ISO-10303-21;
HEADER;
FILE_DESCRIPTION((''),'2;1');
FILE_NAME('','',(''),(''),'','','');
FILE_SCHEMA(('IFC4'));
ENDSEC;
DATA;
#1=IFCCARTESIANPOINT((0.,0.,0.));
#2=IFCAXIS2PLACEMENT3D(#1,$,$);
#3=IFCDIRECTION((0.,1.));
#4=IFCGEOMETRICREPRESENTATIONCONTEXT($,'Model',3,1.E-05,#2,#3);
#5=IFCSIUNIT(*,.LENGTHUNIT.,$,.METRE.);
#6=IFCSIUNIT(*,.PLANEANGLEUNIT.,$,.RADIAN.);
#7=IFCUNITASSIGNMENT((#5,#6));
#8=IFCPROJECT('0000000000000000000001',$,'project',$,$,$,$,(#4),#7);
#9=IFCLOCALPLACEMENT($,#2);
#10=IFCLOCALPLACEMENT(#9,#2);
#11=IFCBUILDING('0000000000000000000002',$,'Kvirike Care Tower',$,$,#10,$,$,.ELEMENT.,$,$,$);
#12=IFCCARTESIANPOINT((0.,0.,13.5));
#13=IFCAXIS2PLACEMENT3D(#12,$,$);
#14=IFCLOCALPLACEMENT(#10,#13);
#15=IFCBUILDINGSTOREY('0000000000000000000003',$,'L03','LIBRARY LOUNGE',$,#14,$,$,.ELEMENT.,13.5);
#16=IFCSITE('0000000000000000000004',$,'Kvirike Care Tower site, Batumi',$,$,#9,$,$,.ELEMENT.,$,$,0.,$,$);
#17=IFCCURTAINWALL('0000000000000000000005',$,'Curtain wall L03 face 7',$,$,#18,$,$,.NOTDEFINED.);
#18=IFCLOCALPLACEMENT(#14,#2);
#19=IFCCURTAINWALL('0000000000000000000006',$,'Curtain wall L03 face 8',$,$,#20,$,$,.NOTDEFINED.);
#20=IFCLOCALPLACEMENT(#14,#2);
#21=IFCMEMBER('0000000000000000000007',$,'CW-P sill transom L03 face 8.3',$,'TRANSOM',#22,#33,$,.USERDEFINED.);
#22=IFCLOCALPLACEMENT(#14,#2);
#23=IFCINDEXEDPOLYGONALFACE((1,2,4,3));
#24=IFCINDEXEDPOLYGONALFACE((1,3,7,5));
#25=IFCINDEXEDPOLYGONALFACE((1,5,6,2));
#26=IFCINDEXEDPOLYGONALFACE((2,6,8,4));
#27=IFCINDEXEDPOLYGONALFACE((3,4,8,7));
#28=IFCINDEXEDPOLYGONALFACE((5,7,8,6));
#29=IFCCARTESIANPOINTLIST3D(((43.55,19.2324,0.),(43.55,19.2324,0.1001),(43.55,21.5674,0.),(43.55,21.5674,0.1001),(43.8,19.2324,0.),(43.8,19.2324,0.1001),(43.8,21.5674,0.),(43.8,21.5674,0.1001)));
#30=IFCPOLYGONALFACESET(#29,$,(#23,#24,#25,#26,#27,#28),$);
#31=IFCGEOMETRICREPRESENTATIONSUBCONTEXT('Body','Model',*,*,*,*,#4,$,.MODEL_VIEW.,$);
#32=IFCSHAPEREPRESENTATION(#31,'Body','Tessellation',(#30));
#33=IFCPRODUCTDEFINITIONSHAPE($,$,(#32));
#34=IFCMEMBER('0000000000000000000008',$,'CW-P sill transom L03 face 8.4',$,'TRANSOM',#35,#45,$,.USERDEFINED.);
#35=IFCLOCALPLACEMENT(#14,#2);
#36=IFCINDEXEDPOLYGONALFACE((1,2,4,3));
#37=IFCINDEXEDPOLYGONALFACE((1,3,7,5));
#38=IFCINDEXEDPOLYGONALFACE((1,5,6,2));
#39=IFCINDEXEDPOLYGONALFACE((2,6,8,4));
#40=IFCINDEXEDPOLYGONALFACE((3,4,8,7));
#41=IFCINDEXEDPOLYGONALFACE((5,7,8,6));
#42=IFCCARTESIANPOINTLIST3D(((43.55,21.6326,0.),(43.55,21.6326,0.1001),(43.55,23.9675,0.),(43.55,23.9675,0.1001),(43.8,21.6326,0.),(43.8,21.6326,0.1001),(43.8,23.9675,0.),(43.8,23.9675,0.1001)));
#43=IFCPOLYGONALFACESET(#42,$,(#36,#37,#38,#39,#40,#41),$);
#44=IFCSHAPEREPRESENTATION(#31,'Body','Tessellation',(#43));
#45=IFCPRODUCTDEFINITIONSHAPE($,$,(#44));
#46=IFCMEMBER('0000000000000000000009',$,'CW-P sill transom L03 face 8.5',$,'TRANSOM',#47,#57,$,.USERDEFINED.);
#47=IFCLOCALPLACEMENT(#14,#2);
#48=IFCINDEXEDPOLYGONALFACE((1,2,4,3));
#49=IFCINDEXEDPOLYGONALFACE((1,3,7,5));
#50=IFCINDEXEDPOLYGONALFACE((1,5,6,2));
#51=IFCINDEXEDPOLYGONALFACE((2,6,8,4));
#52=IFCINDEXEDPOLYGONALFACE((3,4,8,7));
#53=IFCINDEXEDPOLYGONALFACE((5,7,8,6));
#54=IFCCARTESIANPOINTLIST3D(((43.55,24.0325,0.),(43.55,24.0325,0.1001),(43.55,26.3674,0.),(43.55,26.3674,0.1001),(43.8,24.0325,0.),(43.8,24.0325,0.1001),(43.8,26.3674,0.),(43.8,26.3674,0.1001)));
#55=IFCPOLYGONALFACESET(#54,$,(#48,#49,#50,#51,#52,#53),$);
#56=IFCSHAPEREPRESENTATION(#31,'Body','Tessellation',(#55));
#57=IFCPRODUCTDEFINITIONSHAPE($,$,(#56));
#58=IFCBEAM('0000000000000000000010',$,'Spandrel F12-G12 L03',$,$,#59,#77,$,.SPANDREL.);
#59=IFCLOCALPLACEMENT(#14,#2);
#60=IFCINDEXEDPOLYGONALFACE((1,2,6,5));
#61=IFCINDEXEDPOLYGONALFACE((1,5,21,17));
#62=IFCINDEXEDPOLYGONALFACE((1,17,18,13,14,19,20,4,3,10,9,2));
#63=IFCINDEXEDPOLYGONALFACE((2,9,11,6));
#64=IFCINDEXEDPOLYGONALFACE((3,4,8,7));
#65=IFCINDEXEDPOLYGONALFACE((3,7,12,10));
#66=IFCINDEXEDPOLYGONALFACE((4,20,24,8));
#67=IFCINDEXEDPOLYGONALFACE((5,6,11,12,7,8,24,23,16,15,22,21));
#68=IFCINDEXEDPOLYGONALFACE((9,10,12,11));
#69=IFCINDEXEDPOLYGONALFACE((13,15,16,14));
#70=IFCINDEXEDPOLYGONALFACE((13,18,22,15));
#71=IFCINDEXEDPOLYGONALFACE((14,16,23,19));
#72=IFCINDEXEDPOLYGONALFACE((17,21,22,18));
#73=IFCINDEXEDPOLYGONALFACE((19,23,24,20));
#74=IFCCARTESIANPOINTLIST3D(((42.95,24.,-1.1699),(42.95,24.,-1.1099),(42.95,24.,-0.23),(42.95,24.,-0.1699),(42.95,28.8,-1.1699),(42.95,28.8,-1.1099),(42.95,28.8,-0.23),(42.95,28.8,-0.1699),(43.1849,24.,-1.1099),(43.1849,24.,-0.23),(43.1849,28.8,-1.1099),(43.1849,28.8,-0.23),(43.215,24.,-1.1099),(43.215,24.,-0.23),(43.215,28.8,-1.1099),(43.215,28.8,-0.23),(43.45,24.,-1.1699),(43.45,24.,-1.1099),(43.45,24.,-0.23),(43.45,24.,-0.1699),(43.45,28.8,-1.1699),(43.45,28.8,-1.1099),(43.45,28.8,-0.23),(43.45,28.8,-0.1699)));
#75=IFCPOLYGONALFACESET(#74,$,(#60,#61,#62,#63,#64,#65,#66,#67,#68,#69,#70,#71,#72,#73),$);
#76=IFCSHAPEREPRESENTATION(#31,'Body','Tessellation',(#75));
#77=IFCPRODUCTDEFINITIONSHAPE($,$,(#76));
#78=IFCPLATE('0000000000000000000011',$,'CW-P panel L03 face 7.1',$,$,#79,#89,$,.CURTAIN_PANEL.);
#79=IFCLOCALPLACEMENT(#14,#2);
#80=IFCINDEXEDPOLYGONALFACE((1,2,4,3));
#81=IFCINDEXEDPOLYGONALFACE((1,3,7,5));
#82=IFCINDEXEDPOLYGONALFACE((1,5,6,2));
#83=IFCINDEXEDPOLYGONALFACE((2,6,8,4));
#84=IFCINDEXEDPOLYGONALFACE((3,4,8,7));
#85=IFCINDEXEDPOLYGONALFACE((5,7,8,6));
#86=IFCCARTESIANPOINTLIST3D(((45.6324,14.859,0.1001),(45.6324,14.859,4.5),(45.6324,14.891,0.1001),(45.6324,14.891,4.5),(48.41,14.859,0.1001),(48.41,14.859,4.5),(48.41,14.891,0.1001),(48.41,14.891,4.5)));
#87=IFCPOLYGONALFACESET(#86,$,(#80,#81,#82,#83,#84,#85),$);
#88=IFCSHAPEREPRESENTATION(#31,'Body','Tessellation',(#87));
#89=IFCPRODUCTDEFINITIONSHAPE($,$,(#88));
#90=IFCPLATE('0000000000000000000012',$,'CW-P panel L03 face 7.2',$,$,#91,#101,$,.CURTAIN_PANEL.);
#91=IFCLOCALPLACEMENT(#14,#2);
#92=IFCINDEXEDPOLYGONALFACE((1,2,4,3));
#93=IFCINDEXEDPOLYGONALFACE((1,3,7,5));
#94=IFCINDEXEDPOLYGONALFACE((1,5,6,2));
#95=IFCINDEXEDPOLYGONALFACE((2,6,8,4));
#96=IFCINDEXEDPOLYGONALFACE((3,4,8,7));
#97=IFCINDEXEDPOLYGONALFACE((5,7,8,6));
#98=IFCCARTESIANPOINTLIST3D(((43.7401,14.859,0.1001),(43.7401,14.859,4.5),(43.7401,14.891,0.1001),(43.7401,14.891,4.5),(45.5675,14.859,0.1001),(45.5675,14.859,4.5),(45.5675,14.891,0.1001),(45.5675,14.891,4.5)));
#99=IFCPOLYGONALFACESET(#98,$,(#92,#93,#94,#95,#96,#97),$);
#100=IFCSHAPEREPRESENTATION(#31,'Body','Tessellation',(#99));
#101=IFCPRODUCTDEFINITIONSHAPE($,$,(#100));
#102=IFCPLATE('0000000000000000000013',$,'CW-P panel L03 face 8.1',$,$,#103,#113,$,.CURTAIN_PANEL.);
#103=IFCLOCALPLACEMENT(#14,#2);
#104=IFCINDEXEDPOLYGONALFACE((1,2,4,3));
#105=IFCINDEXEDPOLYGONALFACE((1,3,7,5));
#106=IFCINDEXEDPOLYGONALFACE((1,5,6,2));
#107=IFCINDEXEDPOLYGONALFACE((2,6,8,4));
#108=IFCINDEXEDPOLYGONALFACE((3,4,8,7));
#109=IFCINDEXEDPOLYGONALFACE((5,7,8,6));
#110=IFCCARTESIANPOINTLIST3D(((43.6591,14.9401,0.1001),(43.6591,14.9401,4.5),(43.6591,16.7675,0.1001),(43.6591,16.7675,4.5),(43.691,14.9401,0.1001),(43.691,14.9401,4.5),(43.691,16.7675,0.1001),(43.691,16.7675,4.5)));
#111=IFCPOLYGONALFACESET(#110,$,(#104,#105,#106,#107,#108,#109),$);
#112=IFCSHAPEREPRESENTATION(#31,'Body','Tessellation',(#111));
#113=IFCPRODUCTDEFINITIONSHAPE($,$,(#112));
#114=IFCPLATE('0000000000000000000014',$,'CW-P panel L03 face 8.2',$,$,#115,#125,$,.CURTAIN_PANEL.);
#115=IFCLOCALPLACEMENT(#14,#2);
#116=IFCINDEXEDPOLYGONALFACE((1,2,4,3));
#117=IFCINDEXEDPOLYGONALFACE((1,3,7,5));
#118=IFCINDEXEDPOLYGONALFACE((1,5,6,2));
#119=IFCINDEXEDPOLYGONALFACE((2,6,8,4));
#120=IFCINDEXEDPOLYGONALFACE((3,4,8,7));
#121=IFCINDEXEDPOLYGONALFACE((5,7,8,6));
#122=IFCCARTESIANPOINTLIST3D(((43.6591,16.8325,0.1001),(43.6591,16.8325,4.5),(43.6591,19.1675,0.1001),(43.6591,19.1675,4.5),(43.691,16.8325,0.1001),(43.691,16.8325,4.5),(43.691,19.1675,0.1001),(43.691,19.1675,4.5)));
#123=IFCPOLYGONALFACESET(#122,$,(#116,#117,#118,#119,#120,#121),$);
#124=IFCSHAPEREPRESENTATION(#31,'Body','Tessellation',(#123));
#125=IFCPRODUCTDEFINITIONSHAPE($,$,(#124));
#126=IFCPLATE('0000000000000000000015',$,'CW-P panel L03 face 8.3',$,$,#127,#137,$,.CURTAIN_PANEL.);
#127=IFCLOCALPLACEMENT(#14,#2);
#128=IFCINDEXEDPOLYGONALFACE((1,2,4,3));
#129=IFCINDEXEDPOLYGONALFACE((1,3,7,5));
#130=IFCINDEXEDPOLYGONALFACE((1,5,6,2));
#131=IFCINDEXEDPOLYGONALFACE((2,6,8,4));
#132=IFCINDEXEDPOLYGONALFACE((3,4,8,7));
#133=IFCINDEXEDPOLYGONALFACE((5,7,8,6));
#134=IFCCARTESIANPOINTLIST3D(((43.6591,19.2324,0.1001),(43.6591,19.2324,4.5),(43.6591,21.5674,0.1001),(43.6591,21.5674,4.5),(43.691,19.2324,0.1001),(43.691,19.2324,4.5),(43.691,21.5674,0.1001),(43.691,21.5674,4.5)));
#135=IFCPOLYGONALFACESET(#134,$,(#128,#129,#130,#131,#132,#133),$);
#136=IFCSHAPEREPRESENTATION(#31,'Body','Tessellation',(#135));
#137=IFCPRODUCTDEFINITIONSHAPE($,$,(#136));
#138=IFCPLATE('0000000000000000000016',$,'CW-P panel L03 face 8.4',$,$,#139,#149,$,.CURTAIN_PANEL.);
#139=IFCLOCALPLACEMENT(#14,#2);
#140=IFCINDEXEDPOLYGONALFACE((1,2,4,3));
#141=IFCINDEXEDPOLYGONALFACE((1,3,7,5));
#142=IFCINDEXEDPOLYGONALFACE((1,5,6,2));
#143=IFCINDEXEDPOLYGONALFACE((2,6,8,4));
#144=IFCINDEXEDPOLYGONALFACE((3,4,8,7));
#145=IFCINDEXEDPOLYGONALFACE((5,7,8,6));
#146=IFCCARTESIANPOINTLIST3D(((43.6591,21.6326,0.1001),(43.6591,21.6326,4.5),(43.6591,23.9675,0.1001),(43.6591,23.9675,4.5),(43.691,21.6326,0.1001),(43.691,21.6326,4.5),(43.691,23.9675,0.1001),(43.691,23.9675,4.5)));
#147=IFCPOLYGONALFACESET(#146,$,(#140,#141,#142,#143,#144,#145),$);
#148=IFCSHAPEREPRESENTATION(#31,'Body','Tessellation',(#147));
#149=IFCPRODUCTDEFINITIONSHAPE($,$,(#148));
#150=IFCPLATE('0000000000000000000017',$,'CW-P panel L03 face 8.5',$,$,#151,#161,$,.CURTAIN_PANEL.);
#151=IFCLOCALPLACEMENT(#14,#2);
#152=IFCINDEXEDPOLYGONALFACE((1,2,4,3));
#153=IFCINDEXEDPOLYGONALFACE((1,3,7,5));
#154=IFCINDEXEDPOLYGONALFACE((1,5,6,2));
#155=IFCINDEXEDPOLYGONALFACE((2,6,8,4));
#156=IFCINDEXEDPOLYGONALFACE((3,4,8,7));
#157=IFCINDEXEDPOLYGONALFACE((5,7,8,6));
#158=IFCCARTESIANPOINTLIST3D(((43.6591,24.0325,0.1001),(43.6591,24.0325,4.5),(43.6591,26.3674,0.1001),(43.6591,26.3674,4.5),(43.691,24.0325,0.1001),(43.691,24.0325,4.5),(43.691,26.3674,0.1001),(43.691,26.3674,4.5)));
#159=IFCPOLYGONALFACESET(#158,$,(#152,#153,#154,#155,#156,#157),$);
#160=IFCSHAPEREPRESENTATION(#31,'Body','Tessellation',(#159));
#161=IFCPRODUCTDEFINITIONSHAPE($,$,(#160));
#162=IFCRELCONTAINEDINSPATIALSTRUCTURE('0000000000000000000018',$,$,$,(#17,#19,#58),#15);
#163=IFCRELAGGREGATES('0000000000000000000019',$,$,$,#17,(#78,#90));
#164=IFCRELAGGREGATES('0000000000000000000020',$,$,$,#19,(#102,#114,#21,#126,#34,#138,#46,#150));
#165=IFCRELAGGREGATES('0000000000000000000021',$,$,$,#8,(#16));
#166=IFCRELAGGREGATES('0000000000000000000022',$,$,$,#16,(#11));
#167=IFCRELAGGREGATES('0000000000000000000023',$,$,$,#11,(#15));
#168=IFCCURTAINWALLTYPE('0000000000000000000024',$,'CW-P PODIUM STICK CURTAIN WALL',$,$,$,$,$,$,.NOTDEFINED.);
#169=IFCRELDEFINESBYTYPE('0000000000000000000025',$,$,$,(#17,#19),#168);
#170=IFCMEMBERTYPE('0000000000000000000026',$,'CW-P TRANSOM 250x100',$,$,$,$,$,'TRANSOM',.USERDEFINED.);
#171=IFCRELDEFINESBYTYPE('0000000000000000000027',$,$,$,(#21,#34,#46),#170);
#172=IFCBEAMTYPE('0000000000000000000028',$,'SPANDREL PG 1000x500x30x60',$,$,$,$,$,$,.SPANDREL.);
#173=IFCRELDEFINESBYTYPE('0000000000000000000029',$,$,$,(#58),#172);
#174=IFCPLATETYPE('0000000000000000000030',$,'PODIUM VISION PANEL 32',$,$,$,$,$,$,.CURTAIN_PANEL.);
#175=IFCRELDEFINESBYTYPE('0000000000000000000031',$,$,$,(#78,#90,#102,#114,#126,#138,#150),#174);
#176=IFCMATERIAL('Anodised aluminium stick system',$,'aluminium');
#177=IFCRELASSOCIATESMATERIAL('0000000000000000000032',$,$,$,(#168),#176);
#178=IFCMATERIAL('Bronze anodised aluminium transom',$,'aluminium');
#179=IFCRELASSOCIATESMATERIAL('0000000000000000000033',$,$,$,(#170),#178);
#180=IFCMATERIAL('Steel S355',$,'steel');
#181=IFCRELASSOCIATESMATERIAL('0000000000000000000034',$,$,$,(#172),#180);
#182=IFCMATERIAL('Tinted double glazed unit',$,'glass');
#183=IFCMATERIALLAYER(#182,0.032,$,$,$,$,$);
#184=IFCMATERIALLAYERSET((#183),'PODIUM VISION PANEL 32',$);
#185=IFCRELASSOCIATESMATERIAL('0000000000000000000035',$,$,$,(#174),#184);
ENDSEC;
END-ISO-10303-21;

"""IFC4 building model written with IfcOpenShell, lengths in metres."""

from ifc_helpers import new_model, si_unit, direction, frame, origin, origin_2d, place, context, subcontext, project, spatial, rectangle, i_section, extrude, material, layer, layer_set, material_profile, profile_set, type_object, element, aggregate, save


model = new_model("IFC4")

# Units and contexts
model_context = context("Model", 3, precision=1e-05, world=origin(), true_north=direction((0.0, 1.0)))
body_context = subcontext(model_context, "Body", "Model", "MODEL_VIEW")
ifc_project = project(units=[si_unit("LENGTHUNIT", "METRE"), si_unit("PLANEANGLEUNIT", "RADIAN")], contexts=[model_context])

# Site, building, storey
site_placement = place(None, origin())
site = spatial("IfcSite", under=ifc_project, at=site_placement, Name="Kvirike Care Tower site, Batumi", CompositionType="ELEMENT", RefElevation=0.0)
building_placement = place(site_placement, origin())
building = spatial("IfcBuilding", under=site, at=building_placement, Name="Kvirike Care Tower", CompositionType="ELEMENT")
storey_placement = place(building_placement, frame((0.0, 0.0, 13.5)))
storey = spatial("IfcBuildingStorey", under=building, at=storey_placement, Name="L03", Description="LIBRARY LOUNGE", CompositionType="ELEMENT", Elevation=13.5)

# Shared definitions
ifc_material_1 = material(Name="Anodised aluminium stick system", Category="aluminium")
curtain_wall_type = type_object("IfcCurtainWallType", Name="CW-P PODIUM STICK CURTAIN WALL", PredefinedType="NOTDEFINED", material=ifc_material_1)

# Curtain walls
curtain_wall_1_placement = place(storey_placement, origin())
curtain_wall_1 = element("IfcCurtainWall", 1, at=curtain_wall_1_placement, inside=storey, type_object=curtain_wall_type, Name="Curtain wall L03 face 7", PredefinedType="NOTDEFINED")
curtain_wall_2_placement = place(storey_placement, origin())
curtain_wall_2 = element("IfcCurtainWall", 2, at=curtain_wall_2_placement, inside=storey, type_object=curtain_wall_type, Name="Curtain wall L03 face 8", PredefinedType="NOTDEFINED")

# Members
ifc_material_2 = material(Name="Bronze anodised aluminium transom", Category="aluminium")
ifc_material_profile_1 = material_profile(ifc_material_2, rectangle(XDim=0.25, YDim=0.1001, at=origin_2d()), Name="CW-P TRANSOM 250x100")
ifc_profile_set_1 = profile_set([ifc_material_profile_1], Name="Bronze anodised aluminium transom")
member_type_1 = type_object("IfcMemberType", Name="CW-P TRANSOM 250x100", ElementType="TRANSOM", PredefinedType="USERDEFINED", material=ifc_profile_set_1)
member_1_placement = place(storey_placement, frame((43.675, 19.2324, 0.05), z_axis=(0.0, 1.0, 0.0), x_axis=(-1.0, 0.0, 0.0)))
member_1 = element("IfcMember", 3, at=member_1_placement, type_object=member_type_1, Name="CW-P sill transom L03 face 8.3", ObjectType="TRANSOM", PredefinedType="USERDEFINED", context=body_context, shape_type="SweptSolid", body=[
    extrude(rectangle(XDim=0.25, YDim=0.1001, at=origin_2d()), origin(), (0.0, 0.0, 1.0), 2.335),
])
member_2_placement = place(storey_placement, frame((43.675, 21.6326, 0.05), z_axis=(0.0, 1.0, 0.0), x_axis=(-1.0, 0.0, 0.0)))
member_2 = element("IfcMember", 4, at=member_2_placement, type_object=member_type_1, Name="CW-P sill transom L03 face 8.4", ObjectType="TRANSOM", PredefinedType="USERDEFINED", context=body_context, shape_type="SweptSolid", body=[
    extrude(rectangle(XDim=0.25, YDim=0.1001, at=origin_2d()), origin(), (0.0, 0.0, 1.0), 2.335),
])
member_3_placement = place(storey_placement, frame((43.675, 24.0325, 0.05), z_axis=(0.0, 1.0, 0.0), x_axis=(-1.0, 0.0, 0.0)))
member_3 = element("IfcMember", 5, at=member_3_placement, type_object=member_type_1, Name="CW-P sill transom L03 face 8.5", ObjectType="TRANSOM", PredefinedType="USERDEFINED", context=body_context, shape_type="SweptSolid", body=[
    extrude(rectangle(XDim=0.25, YDim=0.1001, at=origin_2d()), origin(), (0.0, 0.0, 1.0), 2.335),
])

# Beam
ifc_material_3 = material(Name="Steel S355", Category="steel")
ifc_material_profile_2 = material_profile(ifc_material_3, i_section(OverallWidth=0.5, OverallDepth=1.0, WebThickness=0.03, FlangeThickness=0.0601, at=origin_2d()), Name="PG 1000x500x30x60")
ifc_profile_set_2 = profile_set([ifc_material_profile_2], Name="Steel S355")
beam_type = type_object("IfcBeamType", Name="SPANDREL PG 1000x500x30x60", PredefinedType="SPANDREL", material=ifc_profile_set_2)
beam_placement = place(storey_placement, frame((43.2, 24.0, -0.6699), z_axis=(0.0, 1.0, 0.0), x_axis=(-1.0, 0.0, 0.0)))
element("IfcBeam", 6, at=beam_placement, inside=storey, type_object=beam_type, Name="Spandrel F12-G12 L03", PredefinedType="SPANDREL", context=body_context, shape_type="SweptSolid", body=[
    extrude(i_section(OverallWidth=0.5, OverallDepth=1.0, WebThickness=0.03, FlangeThickness=0.0601, at=origin_2d()), origin(), (0.0, 0.0, 1.0), 4.8),
])

# Plates
ifc_material_4 = material(Name="Tinted double glazed unit", Category="glass")
ifc_layer = layer(ifc_material_4, 0.032)
ifc_layer_set = layer_set([ifc_layer], Name="PODIUM VISION PANEL 32")
plate_type = type_object("IfcPlateType", Name="PODIUM VISION PANEL 32", PredefinedType="CURTAIN_PANEL", material=ifc_layer_set)
plate_1_placement = place(storey_placement, frame((47.0212, 14.875, 0.1001), z_axis=(0.0, 0.0, 1.0), x_axis=(-1.0, 0.0, 0.0)))
plate_1 = element("IfcPlate", 7, at=plate_1_placement, type_object=plate_type, Name="CW-P panel L03 face 7.1", PredefinedType="CURTAIN_PANEL", context=body_context, shape_type="SweptSolid", body=[
    extrude(rectangle(XDim=2.7776, YDim=0.032, at=origin_2d()), origin(), (0.0, 0.0, 1.0), 4.3999),
])
plate_2_placement = place(storey_placement, frame((44.6538, 14.875, 0.1001), z_axis=(0.0, 0.0, 1.0), x_axis=(-1.0, 0.0, 0.0)))
plate_2 = element("IfcPlate", 8, at=plate_2_placement, type_object=plate_type, Name="CW-P panel L03 face 7.2", PredefinedType="CURTAIN_PANEL", context=body_context, shape_type="SweptSolid", body=[
    extrude(rectangle(XDim=1.8274, YDim=0.032, at=origin_2d()), origin(), (0.0, 0.0, 1.0), 4.3999),
])
aggregate(curtain_wall_1, [plate_1, plate_2])
plate_3_placement = place(storey_placement, frame((43.675, 15.8538, 0.1001), z_axis=(0.0, 0.0, 1.0), x_axis=(0.0, 1.0, 0.0)))
plate_3 = element("IfcPlate", 9, at=plate_3_placement, type_object=plate_type, Name="CW-P panel L03 face 8.1", PredefinedType="CURTAIN_PANEL", context=body_context, shape_type="SweptSolid", body=[
    extrude(rectangle(XDim=1.8274, YDim=0.032, at=origin_2d()), origin(), (0.0, 0.0, 1.0), 4.3999),
])
plate_4_placement = place(storey_placement, frame((43.675, 18.0, 0.1001), z_axis=(0.0, 0.0, 1.0), x_axis=(0.0, 1.0, 0.0)))
plate_4 = element("IfcPlate", 10, at=plate_4_placement, type_object=plate_type, Name="CW-P panel L03 face 8.2", PredefinedType="CURTAIN_PANEL", context=body_context, shape_type="SweptSolid", body=[
    extrude(rectangle(XDim=2.335, YDim=0.032, at=origin_2d()), origin(), (0.0, 0.0, 1.0), 4.3999),
])
plate_5_placement = place(storey_placement, frame((43.675, 20.3999, 0.1001), z_axis=(0.0, 0.0, 1.0), x_axis=(0.0, 1.0, 0.0)))
plate_5 = element("IfcPlate", 11, at=plate_5_placement, type_object=plate_type, Name="CW-P panel L03 face 8.3", PredefinedType="CURTAIN_PANEL", context=body_context, shape_type="SweptSolid", body=[
    extrude(rectangle(XDim=2.335, YDim=0.032, at=origin_2d()), origin(), (0.0, 0.0, 1.0), 4.3999),
])
plate_6_placement = place(storey_placement, frame((43.675, 22.8, 0.1001), z_axis=(0.0, 0.0, 1.0), x_axis=(0.0, 1.0, 0.0)))
plate_6 = element("IfcPlate", 12, at=plate_6_placement, type_object=plate_type, Name="CW-P panel L03 face 8.4", PredefinedType="CURTAIN_PANEL", context=body_context, shape_type="SweptSolid", body=[
    extrude(rectangle(XDim=2.335, YDim=0.032, at=origin_2d()), origin(), (0.0, 0.0, 1.0), 4.3999),
])
plate_7_placement = place(storey_placement, frame((43.675, 25.2, 0.1001), z_axis=(0.0, 0.0, 1.0), x_axis=(0.0, 1.0, 0.0)))
plate_7 = element("IfcPlate", 13, at=plate_7_placement, type_object=plate_type, Name="CW-P panel L03 face 8.5", PredefinedType="CURTAIN_PANEL", context=body_context, shape_type="SweptSolid", body=[
    extrude(rectangle(XDim=2.335, YDim=0.032, at=origin_2d()), origin(), (0.0, 0.0, 1.0), 4.3999),
])
aggregate(curtain_wall_2, [plate_3, plate_4, member_1, plate_5, member_2, plate_6, member_3, plate_7])

save(model, "model.ifc")
